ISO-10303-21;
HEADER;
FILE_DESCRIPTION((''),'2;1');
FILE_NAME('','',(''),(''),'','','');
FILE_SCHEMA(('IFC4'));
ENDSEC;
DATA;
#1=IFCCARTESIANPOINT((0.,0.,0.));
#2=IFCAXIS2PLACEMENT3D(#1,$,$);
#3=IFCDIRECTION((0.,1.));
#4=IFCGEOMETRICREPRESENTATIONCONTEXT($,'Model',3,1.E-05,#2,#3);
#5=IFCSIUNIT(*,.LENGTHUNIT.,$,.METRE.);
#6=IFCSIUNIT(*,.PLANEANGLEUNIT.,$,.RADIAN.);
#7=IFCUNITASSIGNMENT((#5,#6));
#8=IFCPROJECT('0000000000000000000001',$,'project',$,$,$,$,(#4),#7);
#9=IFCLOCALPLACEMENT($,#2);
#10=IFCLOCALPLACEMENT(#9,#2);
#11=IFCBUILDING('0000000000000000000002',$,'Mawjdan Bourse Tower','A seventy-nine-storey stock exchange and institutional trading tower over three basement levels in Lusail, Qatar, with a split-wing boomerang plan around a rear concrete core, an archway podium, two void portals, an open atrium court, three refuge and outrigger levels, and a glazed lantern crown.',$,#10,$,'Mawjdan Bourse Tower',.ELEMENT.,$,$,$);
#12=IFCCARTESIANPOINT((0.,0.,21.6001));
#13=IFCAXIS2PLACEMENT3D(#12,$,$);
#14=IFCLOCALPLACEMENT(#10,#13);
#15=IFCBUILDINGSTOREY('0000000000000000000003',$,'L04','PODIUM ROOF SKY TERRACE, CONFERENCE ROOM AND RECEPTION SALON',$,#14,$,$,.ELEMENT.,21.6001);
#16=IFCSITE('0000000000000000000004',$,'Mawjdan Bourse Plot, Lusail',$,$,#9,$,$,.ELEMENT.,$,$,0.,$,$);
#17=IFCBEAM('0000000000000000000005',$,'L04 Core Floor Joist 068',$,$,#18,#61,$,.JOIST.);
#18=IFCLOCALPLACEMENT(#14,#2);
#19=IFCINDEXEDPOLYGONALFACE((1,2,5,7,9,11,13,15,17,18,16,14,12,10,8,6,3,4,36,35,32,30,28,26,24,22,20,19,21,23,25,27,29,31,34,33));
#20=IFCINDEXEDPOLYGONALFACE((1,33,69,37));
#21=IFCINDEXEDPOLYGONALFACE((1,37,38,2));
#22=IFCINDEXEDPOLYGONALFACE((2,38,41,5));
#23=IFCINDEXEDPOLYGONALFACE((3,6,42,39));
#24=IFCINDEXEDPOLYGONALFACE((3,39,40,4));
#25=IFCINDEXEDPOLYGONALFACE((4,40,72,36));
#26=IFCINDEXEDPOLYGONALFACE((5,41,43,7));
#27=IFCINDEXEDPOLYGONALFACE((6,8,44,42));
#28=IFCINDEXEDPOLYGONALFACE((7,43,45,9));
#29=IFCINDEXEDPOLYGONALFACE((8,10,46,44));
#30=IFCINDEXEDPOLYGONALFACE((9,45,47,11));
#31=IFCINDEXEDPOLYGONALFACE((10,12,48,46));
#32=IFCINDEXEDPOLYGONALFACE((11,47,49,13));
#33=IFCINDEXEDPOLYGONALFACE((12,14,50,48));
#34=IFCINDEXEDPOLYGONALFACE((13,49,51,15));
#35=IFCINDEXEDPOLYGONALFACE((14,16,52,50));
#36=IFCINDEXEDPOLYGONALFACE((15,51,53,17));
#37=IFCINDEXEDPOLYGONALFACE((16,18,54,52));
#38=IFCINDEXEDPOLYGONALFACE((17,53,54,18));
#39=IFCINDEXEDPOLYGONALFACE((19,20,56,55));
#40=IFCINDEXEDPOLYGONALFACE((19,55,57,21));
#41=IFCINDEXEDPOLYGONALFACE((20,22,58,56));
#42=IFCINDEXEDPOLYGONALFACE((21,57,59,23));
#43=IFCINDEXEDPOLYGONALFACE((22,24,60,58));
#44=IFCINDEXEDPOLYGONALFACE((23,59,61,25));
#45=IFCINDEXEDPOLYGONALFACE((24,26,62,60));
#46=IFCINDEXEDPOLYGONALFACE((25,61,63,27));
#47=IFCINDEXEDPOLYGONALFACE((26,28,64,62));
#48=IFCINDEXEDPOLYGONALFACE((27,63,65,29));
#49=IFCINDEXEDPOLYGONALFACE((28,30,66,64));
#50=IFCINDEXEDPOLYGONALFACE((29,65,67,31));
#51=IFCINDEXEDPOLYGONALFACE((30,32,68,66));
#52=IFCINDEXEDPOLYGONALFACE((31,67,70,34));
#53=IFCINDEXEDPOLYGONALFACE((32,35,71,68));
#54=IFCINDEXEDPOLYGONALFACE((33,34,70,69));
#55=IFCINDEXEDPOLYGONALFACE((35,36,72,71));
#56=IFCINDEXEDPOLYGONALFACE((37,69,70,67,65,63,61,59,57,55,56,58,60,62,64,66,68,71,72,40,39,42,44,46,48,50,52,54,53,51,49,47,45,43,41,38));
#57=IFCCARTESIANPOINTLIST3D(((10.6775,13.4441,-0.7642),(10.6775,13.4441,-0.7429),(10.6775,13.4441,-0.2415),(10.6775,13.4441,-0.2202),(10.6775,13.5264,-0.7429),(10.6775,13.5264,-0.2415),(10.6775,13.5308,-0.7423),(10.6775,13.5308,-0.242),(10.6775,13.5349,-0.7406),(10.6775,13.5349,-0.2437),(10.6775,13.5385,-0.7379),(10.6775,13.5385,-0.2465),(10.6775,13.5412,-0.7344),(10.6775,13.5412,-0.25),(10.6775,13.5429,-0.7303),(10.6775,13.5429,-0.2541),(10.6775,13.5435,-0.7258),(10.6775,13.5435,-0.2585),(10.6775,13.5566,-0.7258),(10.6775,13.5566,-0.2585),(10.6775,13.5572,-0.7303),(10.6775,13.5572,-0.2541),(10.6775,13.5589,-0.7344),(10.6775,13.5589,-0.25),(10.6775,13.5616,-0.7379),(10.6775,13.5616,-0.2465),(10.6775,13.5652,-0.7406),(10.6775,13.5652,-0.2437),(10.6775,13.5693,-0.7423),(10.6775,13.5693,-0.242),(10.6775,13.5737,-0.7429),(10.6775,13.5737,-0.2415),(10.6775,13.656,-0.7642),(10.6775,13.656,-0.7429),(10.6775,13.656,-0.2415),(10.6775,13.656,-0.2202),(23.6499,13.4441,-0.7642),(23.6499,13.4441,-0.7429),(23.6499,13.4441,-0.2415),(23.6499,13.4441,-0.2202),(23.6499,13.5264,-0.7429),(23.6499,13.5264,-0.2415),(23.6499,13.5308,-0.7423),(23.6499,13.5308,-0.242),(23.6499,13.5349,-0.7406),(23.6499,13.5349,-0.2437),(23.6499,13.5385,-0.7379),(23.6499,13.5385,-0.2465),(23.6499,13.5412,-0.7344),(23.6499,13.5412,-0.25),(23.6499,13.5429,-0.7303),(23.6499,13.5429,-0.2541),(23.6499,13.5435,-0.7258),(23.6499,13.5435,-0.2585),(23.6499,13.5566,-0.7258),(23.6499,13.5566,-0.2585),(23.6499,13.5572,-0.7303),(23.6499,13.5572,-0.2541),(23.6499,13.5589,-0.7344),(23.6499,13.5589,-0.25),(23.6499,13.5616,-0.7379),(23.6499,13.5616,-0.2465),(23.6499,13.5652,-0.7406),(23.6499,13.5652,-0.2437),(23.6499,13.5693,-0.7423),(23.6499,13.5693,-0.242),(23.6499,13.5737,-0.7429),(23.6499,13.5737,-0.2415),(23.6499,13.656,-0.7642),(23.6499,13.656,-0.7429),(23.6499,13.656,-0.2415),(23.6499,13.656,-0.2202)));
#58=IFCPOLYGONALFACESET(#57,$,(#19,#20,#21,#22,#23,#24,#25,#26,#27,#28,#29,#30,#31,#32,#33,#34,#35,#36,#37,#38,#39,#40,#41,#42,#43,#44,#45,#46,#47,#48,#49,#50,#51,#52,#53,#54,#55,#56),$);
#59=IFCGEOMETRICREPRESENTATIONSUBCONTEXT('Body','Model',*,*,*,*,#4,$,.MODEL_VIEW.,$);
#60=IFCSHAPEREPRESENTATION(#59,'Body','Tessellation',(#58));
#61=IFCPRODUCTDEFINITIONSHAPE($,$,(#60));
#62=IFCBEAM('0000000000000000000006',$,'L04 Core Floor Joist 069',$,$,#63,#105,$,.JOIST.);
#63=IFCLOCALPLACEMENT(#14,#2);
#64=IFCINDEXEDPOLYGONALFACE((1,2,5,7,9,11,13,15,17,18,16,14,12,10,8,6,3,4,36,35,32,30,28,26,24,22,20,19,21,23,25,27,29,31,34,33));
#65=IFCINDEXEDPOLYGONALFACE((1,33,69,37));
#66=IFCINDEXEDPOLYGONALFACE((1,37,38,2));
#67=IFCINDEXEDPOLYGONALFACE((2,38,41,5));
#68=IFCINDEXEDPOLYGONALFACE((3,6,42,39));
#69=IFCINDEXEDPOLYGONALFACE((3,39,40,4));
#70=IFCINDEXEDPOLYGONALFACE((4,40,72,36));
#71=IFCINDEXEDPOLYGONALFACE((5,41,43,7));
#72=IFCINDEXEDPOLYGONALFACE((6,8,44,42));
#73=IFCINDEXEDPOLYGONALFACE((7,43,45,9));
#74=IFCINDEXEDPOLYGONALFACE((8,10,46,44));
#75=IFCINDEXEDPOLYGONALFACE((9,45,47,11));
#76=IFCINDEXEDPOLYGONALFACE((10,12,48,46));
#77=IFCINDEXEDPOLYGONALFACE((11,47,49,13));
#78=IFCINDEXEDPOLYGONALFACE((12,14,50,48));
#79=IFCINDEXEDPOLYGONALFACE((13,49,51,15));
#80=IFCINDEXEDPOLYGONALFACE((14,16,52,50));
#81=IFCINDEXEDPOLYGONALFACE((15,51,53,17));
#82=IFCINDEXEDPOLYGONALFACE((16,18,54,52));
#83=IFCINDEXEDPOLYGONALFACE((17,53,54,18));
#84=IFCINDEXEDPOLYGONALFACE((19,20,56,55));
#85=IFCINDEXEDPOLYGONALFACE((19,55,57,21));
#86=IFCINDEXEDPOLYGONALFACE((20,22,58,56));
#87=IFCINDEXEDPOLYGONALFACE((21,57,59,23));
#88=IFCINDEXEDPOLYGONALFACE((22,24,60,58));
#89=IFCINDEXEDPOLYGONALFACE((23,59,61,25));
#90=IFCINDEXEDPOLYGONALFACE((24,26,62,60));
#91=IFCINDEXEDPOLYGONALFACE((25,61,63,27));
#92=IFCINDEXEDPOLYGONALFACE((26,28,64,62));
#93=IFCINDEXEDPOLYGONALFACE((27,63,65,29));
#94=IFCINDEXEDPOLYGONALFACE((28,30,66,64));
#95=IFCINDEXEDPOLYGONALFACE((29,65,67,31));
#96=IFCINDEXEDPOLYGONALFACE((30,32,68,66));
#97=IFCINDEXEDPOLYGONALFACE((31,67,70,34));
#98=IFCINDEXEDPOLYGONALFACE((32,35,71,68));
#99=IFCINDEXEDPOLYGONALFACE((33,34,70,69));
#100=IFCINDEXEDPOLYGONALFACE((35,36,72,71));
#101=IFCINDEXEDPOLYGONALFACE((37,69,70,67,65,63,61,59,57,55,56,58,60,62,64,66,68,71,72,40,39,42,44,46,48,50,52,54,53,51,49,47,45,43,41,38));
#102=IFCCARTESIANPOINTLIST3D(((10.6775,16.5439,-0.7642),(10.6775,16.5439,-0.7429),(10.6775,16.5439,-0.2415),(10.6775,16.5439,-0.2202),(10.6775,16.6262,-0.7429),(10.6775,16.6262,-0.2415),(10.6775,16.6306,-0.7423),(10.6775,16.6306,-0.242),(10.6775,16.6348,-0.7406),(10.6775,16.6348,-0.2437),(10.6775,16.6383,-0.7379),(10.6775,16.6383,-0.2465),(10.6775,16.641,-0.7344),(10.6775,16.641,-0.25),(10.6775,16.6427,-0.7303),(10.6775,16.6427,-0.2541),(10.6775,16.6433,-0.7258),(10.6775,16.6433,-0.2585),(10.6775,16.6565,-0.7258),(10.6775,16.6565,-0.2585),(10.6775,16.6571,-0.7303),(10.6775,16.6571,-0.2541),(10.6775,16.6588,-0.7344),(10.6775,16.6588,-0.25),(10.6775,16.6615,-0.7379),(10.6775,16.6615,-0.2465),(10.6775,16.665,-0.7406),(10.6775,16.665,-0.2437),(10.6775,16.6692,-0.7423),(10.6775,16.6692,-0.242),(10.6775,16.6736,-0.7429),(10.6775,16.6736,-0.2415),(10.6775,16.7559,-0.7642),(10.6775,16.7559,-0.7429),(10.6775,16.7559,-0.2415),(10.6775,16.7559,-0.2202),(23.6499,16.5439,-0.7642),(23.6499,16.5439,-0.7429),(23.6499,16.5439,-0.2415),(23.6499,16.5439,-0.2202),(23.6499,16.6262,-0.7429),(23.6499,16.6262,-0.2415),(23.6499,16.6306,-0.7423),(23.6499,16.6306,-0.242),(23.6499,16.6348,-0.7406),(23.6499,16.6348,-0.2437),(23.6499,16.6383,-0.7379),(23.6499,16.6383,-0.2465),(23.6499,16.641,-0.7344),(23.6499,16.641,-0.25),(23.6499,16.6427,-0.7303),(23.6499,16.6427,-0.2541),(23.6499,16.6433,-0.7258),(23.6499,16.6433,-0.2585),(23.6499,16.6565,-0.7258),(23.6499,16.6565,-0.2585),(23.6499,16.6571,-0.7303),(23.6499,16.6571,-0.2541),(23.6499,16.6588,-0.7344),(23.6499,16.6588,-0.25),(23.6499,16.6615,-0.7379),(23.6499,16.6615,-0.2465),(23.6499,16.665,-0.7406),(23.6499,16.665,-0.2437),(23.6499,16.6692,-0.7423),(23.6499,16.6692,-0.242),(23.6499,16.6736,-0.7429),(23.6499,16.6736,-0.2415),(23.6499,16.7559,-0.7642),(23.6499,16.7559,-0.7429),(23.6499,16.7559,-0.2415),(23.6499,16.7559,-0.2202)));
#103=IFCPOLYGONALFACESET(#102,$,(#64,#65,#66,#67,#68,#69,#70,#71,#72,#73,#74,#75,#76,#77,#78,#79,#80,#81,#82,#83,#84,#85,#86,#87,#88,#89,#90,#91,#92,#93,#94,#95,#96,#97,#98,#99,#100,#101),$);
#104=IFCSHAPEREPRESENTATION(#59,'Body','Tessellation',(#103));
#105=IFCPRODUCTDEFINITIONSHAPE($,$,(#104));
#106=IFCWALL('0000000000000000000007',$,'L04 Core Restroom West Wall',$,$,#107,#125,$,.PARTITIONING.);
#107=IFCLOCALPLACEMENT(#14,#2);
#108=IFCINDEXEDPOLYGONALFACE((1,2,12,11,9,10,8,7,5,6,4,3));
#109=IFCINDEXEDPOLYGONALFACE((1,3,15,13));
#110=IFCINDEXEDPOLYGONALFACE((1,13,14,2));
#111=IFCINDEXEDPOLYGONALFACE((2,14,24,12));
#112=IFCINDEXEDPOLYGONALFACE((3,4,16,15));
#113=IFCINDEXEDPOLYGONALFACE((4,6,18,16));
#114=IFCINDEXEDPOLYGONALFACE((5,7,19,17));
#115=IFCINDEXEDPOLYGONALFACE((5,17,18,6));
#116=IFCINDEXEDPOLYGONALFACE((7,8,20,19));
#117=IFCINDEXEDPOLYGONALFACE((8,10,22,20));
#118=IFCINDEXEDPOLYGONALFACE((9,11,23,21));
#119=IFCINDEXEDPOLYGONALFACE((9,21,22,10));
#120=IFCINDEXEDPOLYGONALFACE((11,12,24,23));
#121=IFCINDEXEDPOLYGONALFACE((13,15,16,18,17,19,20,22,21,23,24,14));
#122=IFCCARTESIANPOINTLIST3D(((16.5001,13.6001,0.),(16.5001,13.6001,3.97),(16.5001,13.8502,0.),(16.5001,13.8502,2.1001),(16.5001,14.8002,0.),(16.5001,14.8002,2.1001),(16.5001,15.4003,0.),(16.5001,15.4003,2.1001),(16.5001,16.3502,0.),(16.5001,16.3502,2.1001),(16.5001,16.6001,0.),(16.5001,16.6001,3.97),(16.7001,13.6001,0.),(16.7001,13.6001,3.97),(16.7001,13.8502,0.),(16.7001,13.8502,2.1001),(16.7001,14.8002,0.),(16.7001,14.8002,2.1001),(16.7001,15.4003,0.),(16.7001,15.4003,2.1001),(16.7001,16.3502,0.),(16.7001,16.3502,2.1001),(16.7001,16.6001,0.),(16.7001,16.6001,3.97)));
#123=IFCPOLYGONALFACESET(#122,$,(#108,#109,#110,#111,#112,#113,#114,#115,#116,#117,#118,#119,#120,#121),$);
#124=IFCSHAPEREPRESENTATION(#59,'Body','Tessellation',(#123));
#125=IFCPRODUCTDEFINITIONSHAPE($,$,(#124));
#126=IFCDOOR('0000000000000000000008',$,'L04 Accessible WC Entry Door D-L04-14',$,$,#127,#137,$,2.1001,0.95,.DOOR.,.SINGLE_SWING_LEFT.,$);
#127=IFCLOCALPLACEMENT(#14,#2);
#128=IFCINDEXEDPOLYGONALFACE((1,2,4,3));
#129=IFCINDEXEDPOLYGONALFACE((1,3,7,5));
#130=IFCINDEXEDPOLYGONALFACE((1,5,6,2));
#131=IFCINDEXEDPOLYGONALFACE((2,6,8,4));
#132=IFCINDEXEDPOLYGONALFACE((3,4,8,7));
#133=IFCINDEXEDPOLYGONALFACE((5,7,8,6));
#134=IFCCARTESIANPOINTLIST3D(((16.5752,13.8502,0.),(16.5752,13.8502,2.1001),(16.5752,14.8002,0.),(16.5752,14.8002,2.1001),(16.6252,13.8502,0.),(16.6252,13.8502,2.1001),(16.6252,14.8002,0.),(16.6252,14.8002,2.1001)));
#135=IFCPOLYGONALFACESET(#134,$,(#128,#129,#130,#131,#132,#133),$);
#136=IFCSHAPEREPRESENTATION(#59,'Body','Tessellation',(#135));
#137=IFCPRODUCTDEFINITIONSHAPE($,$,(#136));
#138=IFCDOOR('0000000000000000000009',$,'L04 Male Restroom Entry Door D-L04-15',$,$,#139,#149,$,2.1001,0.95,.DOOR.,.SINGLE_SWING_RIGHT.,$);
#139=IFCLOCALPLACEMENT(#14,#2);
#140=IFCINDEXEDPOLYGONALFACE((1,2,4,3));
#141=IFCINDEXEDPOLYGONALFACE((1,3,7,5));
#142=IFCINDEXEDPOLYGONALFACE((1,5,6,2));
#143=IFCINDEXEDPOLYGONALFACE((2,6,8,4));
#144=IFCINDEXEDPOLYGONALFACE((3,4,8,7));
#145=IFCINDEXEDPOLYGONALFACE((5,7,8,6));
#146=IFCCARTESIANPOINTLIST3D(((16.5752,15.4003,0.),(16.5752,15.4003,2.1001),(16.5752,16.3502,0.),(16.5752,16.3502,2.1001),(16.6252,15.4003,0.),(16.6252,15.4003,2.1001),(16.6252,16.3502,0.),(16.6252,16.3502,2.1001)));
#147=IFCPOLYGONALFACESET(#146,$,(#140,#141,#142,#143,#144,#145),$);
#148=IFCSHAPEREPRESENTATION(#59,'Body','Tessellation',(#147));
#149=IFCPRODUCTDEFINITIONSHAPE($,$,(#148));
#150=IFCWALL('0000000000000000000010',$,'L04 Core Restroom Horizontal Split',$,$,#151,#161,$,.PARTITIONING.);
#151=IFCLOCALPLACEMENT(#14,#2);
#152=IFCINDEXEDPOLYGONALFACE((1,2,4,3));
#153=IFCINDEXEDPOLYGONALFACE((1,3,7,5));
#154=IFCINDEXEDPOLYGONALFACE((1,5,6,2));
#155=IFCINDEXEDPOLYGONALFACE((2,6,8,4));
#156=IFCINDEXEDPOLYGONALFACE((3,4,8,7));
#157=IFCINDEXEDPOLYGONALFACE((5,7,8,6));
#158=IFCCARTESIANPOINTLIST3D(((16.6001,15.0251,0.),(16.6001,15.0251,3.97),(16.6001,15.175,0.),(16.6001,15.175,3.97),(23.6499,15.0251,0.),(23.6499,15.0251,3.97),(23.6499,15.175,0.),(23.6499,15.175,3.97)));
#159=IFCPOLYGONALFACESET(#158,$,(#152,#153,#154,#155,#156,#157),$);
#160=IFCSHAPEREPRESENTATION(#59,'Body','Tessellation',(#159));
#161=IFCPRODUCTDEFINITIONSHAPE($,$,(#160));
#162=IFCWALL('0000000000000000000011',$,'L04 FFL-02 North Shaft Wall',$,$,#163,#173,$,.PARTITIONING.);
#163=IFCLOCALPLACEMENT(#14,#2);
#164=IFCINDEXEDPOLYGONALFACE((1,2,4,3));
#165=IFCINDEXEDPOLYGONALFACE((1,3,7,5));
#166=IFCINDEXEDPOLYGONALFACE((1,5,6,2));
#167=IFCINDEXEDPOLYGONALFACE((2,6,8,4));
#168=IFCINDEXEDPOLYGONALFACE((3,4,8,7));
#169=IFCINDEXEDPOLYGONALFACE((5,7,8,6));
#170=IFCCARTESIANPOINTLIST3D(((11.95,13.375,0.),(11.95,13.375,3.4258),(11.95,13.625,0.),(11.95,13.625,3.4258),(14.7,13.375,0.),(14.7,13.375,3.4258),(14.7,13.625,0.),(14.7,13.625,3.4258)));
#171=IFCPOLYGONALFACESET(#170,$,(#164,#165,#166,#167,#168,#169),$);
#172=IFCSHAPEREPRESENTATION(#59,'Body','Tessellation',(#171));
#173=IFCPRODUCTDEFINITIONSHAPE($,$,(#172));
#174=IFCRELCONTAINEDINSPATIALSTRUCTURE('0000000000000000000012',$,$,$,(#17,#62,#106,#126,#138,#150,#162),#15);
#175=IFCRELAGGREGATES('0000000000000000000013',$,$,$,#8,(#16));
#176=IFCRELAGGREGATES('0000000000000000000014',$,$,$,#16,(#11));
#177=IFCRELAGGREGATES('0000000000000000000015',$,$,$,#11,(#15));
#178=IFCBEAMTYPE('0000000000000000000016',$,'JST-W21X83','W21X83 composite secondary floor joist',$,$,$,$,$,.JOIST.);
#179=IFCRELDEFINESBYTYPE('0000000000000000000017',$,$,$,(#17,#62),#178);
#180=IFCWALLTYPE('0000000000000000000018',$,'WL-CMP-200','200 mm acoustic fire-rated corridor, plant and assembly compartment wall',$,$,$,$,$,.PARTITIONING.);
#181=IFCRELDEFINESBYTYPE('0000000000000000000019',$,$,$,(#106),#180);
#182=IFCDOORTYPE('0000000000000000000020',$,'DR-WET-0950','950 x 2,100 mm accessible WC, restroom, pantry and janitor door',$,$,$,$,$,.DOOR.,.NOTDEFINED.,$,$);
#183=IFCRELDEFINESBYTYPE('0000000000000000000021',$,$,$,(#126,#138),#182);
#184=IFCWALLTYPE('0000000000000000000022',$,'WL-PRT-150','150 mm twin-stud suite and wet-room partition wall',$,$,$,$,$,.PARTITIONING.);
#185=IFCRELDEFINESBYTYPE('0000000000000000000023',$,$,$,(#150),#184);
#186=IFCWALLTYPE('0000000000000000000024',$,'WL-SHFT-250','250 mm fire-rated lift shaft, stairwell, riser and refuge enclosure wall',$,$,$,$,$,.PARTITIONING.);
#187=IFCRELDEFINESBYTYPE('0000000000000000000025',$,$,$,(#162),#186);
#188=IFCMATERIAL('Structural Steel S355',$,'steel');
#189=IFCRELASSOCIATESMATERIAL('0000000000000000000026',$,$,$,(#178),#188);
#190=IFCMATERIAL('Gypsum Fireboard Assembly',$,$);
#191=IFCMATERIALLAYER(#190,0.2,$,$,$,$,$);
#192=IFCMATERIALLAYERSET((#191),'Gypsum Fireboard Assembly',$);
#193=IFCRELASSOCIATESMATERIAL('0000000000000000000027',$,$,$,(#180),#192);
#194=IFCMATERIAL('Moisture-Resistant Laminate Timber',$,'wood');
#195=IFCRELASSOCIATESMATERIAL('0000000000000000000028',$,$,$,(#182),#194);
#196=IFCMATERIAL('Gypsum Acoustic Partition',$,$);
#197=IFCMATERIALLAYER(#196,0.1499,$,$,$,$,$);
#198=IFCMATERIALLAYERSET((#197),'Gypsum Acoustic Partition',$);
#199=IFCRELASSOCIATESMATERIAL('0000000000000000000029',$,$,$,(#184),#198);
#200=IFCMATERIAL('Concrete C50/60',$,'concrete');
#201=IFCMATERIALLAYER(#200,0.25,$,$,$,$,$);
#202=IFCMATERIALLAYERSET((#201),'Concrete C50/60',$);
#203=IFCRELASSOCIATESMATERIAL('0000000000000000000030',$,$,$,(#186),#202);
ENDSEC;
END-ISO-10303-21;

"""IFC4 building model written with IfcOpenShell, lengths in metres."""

from ifc_helpers import new_model, si_unit, direction, frame, frame_2d, origin, origin_2d, place, context, subcontext, project, spatial, rectangle, i_section, extrude, material, layer, layer_set, material_profile, profile_set, type_object, element, fill, save


model = new_model("IFC4")

# Units and contexts
model_context = context("Model", 3, precision=1e-05, world=origin(), true_north=direction((0.0, 1.0)))
body_context = subcontext(model_context, "Body", "Model", "MODEL_VIEW")
ifc_project = project(units=[si_unit("LENGTHUNIT", "METRE"), si_unit("PLANEANGLEUNIT", "RADIAN")], contexts=[model_context])

# Site, building, storey
site_placement = place(None, origin())
site = spatial("IfcSite", under=ifc_project, at=site_placement, Name="Mawjdan Bourse Plot, Lusail", CompositionType="ELEMENT", RefElevation=0.0)
building_placement = place(site_placement, origin())
building = spatial("IfcBuilding", under=site, at=building_placement, Name="Mawjdan Bourse Tower", Description="A seventy-nine-storey stock exchange and institutional trading tower over three basement levels in Lusail, Qatar, with a split-wing boomerang plan around a rear concrete core, an archway podium, two void portals, an open atrium court, three refuge and outrigger levels, and a glazed lantern crown.", LongName="Mawjdan Bourse Tower", CompositionType="ELEMENT")
storey_placement = place(building_placement, frame((0.0, 0.0, 21.6001)))
storey = spatial("IfcBuildingStorey", under=building, at=storey_placement, Name="L04", Description="PODIUM ROOF SKY TERRACE, CONFERENCE ROOM AND RECEPTION SALON", CompositionType="ELEMENT", Elevation=21.6001)

# Beams
ifc_material_1 = material(Name="Structural Steel S355", Category="steel")
ifc_material_profile = material_profile(ifc_material_1, i_section(OverallWidth=0.2119, OverallDepth=0.5439, WebThickness=0.0132, FlangeThickness=0.0212, FilletRadius=0.0171, at=origin_2d()), Name="W21X83")
ifc_profile_set = profile_set([ifc_material_profile], Name="Structural Steel S355")
beam_type = type_object("IfcBeamType", Name="JST-W21X83", Description="W21X83 composite secondary floor joist", PredefinedType="JOIST", material=ifc_profile_set)
for number, where, z_axis, x_axis, name in (
    (1, (10.6775, 13.55, -0.4922), (1.0, 0.0, 0.0), (0.0, 1.0, 0.0), "L04 Core Floor Joist 068"),
    (2, (10.6775, 16.6499, -0.4922), (1.0, 0.0, 0.0), (0.0, 1.0, 0.0), "L04 Core Floor Joist 069"),
):
    element("IfcBeam", number, at=place(storey_placement, frame(where, z_axis=z_axis, x_axis=x_axis)), inside=storey, type_object=beam_type, Name=name, PredefinedType="JOIST", context=body_context, shape_type="SweptSolid", body=[
        extrude(i_section(OverallWidth=0.2119, OverallDepth=0.5439, WebThickness=0.0132, FlangeThickness=0.0212, FilletRadius=0.0171, at=origin_2d()), origin(), (0.0, 0.0, 1.0), 12.9724),
    ])

# Wall, openings, doors
ifc_material_2 = material(Name="Gypsum Fireboard Assembly")
ifc_layer_1 = layer(ifc_material_2, 0.2)
ifc_layer_set_1 = layer_set([ifc_layer_1], Name="Gypsum Fireboard Assembly")
wall_type_1 = type_object("IfcWallType", Name="WL-CMP-200", Description="200 mm acoustic fire-rated corridor, plant and assembly compartment wall", PredefinedType="PARTITIONING", material=ifc_layer_set_1)
wall_1_placement = place(storey_placement, frame((16.6001, 13.6001, 0.0), z_axis=(0.0, 0.0, 1.0), x_axis=(0.0, 1.0, 0.0)))
wall_1 = element("IfcWall", 3, at=wall_1_placement, inside=storey, type_object=wall_type_1, Name="L04 Core Restroom West Wall", PredefinedType="PARTITIONING", context=body_context, shape_type="SweptSolid", body=[
    extrude(rectangle(XDim=3.0, YDim=0.2, at=frame_2d((1.5, 0.0))), origin(), (0.0, 0.0, 1.0), 3.97),
])
opening_1_placement = place(wall_1_placement, frame((0.25, 0.0, 0.0)))
opening_1 = element("IfcOpeningElement", 4, at=opening_1_placement, cuts=wall_1, PredefinedType="OPENING", context=body_context, shape_type="SweptSolid", body=[
    extrude(rectangle(XDim=0.95, YDim=2.1001, at=frame_2d((0.4751, 1.05))), frame((0.0, 0.1099, 0.0), z_axis=(0.0, -1.0, 0.0), x_axis=(1.0, 0.0, 0.0)), (0.0, 0.0, 1.0), 0.22),
])
opening_2_placement = place(wall_1_placement, frame((1.8, 0.0, 0.0)))
opening_2 = element("IfcOpeningElement", 5, at=opening_2_placement, cuts=wall_1, PredefinedType="OPENING", context=body_context, shape_type="SweptSolid", body=[
    extrude(rectangle(XDim=0.95, YDim=2.1001, at=frame_2d((0.4751, 1.05))), frame((0.0, 0.1099, 0.0), z_axis=(0.0, -1.0, 0.0), x_axis=(1.0, 0.0, 0.0)), (0.0, 0.0, 1.0), 0.22),
])
ifc_material_3 = material(Name="Moisture-Resistant Laminate Timber", Category="wood")
door_type_1 = type_object("IfcDoorType", Name="DR-WET-0950", Description="950 x 2,100 mm accessible WC, restroom, pantry and janitor door", OperationType="NOTDEFINED", PredefinedType="DOOR", material=ifc_material_3)
door_1_placement = place(opening_1_placement, origin())
door_1 = element("IfcDoor", 6, at=door_1_placement, inside=storey, type_object=door_type_1, Name="L04 Accessible WC Entry Door D-L04-14", OperationType="SINGLE_SWING_LEFT", OverallHeight=2.1001, OverallWidth=0.95, PredefinedType="DOOR", context=body_context, shape_type="SweptSolid", body=[
    extrude(rectangle(XDim=0.95, YDim=2.1001, at=frame_2d((0.4751, 1.05))), frame((0.0, 0.0249, 0.0), z_axis=(0.0, -1.0, 0.0), x_axis=(1.0, 0.0, 0.0)), (0.0, 0.0, 1.0), 0.05),
])
fill(opening_1, door_1)
door_2_placement = place(opening_2_placement, origin())
door_2 = element("IfcDoor", 7, at=door_2_placement, inside=storey, type_object=door_type_1, Name="L04 Male Restroom Entry Door D-L04-15", OperationType="SINGLE_SWING_RIGHT", OverallHeight=2.1001, OverallWidth=0.95, PredefinedType="DOOR", context=body_context, shape_type="SweptSolid", body=[
    extrude(rectangle(XDim=0.95, YDim=2.1001, at=frame_2d((0.4751, 1.05))), frame((0.0, 0.0249, 0.0), z_axis=(0.0, -1.0, 0.0), x_axis=(1.0, 0.0, 0.0)), (0.0, 0.0, 1.0), 0.05),
])
fill(opening_2, door_2)

# Walls
ifc_material_4 = material(Name="Gypsum Acoustic Partition")
ifc_layer_2 = layer(ifc_material_4, 0.1499)
ifc_layer_set_2 = layer_set([ifc_layer_2], Name="Gypsum Acoustic Partition")
wall_type_2 = type_object("IfcWallType", Name="WL-PRT-150", Description="150 mm twin-stud suite and wet-room partition wall", PredefinedType="PARTITIONING", material=ifc_layer_set_2)
wall_2_placement = place(storey_placement, frame((16.6001, 15.1001, 0.0), z_axis=(0.0, 0.0, 1.0), x_axis=(1.0, 0.0, 0.0)))
element("IfcWall", 8, at=wall_2_placement, inside=storey, type_object=wall_type_2, Name="L04 Core Restroom Horizontal Split", PredefinedType="PARTITIONING", context=body_context, shape_type="SweptSolid", body=[
    extrude(rectangle(XDim=7.0498, YDim=0.1499, at=frame_2d((3.5249, 0.0))), origin(), (0.0, 0.0, 1.0), 3.97),
])
ifc_material_5 = material(Name="Concrete C50/60", Category="concrete")
ifc_layer_3 = layer(ifc_material_5, 0.25)
ifc_layer_set_3 = layer_set([ifc_layer_3], Name="Concrete C50/60")
wall_type_3 = type_object("IfcWallType", Name="WL-SHFT-250", Description="250 mm fire-rated lift shaft, stairwell, riser and refuge enclosure wall", PredefinedType="PARTITIONING", material=ifc_layer_set_3)
wall_3_placement = place(storey_placement, frame((11.95, 13.5, 0.0), z_axis=(0.0, 0.0, 1.0), x_axis=(1.0, 0.0, 0.0)))
element("IfcWall", 9, at=wall_3_placement, inside=storey, type_object=wall_type_3, Name="L04 FFL-02 North Shaft Wall", PredefinedType="PARTITIONING", context=body_context, shape_type="SweptSolid", body=[
    extrude(rectangle(XDim=2.75, YDim=0.25, at=frame_2d((1.375, 0.0))), origin(), (0.0, 0.0, 1.0), 3.4258),
])

save(model, "model.ifc")
